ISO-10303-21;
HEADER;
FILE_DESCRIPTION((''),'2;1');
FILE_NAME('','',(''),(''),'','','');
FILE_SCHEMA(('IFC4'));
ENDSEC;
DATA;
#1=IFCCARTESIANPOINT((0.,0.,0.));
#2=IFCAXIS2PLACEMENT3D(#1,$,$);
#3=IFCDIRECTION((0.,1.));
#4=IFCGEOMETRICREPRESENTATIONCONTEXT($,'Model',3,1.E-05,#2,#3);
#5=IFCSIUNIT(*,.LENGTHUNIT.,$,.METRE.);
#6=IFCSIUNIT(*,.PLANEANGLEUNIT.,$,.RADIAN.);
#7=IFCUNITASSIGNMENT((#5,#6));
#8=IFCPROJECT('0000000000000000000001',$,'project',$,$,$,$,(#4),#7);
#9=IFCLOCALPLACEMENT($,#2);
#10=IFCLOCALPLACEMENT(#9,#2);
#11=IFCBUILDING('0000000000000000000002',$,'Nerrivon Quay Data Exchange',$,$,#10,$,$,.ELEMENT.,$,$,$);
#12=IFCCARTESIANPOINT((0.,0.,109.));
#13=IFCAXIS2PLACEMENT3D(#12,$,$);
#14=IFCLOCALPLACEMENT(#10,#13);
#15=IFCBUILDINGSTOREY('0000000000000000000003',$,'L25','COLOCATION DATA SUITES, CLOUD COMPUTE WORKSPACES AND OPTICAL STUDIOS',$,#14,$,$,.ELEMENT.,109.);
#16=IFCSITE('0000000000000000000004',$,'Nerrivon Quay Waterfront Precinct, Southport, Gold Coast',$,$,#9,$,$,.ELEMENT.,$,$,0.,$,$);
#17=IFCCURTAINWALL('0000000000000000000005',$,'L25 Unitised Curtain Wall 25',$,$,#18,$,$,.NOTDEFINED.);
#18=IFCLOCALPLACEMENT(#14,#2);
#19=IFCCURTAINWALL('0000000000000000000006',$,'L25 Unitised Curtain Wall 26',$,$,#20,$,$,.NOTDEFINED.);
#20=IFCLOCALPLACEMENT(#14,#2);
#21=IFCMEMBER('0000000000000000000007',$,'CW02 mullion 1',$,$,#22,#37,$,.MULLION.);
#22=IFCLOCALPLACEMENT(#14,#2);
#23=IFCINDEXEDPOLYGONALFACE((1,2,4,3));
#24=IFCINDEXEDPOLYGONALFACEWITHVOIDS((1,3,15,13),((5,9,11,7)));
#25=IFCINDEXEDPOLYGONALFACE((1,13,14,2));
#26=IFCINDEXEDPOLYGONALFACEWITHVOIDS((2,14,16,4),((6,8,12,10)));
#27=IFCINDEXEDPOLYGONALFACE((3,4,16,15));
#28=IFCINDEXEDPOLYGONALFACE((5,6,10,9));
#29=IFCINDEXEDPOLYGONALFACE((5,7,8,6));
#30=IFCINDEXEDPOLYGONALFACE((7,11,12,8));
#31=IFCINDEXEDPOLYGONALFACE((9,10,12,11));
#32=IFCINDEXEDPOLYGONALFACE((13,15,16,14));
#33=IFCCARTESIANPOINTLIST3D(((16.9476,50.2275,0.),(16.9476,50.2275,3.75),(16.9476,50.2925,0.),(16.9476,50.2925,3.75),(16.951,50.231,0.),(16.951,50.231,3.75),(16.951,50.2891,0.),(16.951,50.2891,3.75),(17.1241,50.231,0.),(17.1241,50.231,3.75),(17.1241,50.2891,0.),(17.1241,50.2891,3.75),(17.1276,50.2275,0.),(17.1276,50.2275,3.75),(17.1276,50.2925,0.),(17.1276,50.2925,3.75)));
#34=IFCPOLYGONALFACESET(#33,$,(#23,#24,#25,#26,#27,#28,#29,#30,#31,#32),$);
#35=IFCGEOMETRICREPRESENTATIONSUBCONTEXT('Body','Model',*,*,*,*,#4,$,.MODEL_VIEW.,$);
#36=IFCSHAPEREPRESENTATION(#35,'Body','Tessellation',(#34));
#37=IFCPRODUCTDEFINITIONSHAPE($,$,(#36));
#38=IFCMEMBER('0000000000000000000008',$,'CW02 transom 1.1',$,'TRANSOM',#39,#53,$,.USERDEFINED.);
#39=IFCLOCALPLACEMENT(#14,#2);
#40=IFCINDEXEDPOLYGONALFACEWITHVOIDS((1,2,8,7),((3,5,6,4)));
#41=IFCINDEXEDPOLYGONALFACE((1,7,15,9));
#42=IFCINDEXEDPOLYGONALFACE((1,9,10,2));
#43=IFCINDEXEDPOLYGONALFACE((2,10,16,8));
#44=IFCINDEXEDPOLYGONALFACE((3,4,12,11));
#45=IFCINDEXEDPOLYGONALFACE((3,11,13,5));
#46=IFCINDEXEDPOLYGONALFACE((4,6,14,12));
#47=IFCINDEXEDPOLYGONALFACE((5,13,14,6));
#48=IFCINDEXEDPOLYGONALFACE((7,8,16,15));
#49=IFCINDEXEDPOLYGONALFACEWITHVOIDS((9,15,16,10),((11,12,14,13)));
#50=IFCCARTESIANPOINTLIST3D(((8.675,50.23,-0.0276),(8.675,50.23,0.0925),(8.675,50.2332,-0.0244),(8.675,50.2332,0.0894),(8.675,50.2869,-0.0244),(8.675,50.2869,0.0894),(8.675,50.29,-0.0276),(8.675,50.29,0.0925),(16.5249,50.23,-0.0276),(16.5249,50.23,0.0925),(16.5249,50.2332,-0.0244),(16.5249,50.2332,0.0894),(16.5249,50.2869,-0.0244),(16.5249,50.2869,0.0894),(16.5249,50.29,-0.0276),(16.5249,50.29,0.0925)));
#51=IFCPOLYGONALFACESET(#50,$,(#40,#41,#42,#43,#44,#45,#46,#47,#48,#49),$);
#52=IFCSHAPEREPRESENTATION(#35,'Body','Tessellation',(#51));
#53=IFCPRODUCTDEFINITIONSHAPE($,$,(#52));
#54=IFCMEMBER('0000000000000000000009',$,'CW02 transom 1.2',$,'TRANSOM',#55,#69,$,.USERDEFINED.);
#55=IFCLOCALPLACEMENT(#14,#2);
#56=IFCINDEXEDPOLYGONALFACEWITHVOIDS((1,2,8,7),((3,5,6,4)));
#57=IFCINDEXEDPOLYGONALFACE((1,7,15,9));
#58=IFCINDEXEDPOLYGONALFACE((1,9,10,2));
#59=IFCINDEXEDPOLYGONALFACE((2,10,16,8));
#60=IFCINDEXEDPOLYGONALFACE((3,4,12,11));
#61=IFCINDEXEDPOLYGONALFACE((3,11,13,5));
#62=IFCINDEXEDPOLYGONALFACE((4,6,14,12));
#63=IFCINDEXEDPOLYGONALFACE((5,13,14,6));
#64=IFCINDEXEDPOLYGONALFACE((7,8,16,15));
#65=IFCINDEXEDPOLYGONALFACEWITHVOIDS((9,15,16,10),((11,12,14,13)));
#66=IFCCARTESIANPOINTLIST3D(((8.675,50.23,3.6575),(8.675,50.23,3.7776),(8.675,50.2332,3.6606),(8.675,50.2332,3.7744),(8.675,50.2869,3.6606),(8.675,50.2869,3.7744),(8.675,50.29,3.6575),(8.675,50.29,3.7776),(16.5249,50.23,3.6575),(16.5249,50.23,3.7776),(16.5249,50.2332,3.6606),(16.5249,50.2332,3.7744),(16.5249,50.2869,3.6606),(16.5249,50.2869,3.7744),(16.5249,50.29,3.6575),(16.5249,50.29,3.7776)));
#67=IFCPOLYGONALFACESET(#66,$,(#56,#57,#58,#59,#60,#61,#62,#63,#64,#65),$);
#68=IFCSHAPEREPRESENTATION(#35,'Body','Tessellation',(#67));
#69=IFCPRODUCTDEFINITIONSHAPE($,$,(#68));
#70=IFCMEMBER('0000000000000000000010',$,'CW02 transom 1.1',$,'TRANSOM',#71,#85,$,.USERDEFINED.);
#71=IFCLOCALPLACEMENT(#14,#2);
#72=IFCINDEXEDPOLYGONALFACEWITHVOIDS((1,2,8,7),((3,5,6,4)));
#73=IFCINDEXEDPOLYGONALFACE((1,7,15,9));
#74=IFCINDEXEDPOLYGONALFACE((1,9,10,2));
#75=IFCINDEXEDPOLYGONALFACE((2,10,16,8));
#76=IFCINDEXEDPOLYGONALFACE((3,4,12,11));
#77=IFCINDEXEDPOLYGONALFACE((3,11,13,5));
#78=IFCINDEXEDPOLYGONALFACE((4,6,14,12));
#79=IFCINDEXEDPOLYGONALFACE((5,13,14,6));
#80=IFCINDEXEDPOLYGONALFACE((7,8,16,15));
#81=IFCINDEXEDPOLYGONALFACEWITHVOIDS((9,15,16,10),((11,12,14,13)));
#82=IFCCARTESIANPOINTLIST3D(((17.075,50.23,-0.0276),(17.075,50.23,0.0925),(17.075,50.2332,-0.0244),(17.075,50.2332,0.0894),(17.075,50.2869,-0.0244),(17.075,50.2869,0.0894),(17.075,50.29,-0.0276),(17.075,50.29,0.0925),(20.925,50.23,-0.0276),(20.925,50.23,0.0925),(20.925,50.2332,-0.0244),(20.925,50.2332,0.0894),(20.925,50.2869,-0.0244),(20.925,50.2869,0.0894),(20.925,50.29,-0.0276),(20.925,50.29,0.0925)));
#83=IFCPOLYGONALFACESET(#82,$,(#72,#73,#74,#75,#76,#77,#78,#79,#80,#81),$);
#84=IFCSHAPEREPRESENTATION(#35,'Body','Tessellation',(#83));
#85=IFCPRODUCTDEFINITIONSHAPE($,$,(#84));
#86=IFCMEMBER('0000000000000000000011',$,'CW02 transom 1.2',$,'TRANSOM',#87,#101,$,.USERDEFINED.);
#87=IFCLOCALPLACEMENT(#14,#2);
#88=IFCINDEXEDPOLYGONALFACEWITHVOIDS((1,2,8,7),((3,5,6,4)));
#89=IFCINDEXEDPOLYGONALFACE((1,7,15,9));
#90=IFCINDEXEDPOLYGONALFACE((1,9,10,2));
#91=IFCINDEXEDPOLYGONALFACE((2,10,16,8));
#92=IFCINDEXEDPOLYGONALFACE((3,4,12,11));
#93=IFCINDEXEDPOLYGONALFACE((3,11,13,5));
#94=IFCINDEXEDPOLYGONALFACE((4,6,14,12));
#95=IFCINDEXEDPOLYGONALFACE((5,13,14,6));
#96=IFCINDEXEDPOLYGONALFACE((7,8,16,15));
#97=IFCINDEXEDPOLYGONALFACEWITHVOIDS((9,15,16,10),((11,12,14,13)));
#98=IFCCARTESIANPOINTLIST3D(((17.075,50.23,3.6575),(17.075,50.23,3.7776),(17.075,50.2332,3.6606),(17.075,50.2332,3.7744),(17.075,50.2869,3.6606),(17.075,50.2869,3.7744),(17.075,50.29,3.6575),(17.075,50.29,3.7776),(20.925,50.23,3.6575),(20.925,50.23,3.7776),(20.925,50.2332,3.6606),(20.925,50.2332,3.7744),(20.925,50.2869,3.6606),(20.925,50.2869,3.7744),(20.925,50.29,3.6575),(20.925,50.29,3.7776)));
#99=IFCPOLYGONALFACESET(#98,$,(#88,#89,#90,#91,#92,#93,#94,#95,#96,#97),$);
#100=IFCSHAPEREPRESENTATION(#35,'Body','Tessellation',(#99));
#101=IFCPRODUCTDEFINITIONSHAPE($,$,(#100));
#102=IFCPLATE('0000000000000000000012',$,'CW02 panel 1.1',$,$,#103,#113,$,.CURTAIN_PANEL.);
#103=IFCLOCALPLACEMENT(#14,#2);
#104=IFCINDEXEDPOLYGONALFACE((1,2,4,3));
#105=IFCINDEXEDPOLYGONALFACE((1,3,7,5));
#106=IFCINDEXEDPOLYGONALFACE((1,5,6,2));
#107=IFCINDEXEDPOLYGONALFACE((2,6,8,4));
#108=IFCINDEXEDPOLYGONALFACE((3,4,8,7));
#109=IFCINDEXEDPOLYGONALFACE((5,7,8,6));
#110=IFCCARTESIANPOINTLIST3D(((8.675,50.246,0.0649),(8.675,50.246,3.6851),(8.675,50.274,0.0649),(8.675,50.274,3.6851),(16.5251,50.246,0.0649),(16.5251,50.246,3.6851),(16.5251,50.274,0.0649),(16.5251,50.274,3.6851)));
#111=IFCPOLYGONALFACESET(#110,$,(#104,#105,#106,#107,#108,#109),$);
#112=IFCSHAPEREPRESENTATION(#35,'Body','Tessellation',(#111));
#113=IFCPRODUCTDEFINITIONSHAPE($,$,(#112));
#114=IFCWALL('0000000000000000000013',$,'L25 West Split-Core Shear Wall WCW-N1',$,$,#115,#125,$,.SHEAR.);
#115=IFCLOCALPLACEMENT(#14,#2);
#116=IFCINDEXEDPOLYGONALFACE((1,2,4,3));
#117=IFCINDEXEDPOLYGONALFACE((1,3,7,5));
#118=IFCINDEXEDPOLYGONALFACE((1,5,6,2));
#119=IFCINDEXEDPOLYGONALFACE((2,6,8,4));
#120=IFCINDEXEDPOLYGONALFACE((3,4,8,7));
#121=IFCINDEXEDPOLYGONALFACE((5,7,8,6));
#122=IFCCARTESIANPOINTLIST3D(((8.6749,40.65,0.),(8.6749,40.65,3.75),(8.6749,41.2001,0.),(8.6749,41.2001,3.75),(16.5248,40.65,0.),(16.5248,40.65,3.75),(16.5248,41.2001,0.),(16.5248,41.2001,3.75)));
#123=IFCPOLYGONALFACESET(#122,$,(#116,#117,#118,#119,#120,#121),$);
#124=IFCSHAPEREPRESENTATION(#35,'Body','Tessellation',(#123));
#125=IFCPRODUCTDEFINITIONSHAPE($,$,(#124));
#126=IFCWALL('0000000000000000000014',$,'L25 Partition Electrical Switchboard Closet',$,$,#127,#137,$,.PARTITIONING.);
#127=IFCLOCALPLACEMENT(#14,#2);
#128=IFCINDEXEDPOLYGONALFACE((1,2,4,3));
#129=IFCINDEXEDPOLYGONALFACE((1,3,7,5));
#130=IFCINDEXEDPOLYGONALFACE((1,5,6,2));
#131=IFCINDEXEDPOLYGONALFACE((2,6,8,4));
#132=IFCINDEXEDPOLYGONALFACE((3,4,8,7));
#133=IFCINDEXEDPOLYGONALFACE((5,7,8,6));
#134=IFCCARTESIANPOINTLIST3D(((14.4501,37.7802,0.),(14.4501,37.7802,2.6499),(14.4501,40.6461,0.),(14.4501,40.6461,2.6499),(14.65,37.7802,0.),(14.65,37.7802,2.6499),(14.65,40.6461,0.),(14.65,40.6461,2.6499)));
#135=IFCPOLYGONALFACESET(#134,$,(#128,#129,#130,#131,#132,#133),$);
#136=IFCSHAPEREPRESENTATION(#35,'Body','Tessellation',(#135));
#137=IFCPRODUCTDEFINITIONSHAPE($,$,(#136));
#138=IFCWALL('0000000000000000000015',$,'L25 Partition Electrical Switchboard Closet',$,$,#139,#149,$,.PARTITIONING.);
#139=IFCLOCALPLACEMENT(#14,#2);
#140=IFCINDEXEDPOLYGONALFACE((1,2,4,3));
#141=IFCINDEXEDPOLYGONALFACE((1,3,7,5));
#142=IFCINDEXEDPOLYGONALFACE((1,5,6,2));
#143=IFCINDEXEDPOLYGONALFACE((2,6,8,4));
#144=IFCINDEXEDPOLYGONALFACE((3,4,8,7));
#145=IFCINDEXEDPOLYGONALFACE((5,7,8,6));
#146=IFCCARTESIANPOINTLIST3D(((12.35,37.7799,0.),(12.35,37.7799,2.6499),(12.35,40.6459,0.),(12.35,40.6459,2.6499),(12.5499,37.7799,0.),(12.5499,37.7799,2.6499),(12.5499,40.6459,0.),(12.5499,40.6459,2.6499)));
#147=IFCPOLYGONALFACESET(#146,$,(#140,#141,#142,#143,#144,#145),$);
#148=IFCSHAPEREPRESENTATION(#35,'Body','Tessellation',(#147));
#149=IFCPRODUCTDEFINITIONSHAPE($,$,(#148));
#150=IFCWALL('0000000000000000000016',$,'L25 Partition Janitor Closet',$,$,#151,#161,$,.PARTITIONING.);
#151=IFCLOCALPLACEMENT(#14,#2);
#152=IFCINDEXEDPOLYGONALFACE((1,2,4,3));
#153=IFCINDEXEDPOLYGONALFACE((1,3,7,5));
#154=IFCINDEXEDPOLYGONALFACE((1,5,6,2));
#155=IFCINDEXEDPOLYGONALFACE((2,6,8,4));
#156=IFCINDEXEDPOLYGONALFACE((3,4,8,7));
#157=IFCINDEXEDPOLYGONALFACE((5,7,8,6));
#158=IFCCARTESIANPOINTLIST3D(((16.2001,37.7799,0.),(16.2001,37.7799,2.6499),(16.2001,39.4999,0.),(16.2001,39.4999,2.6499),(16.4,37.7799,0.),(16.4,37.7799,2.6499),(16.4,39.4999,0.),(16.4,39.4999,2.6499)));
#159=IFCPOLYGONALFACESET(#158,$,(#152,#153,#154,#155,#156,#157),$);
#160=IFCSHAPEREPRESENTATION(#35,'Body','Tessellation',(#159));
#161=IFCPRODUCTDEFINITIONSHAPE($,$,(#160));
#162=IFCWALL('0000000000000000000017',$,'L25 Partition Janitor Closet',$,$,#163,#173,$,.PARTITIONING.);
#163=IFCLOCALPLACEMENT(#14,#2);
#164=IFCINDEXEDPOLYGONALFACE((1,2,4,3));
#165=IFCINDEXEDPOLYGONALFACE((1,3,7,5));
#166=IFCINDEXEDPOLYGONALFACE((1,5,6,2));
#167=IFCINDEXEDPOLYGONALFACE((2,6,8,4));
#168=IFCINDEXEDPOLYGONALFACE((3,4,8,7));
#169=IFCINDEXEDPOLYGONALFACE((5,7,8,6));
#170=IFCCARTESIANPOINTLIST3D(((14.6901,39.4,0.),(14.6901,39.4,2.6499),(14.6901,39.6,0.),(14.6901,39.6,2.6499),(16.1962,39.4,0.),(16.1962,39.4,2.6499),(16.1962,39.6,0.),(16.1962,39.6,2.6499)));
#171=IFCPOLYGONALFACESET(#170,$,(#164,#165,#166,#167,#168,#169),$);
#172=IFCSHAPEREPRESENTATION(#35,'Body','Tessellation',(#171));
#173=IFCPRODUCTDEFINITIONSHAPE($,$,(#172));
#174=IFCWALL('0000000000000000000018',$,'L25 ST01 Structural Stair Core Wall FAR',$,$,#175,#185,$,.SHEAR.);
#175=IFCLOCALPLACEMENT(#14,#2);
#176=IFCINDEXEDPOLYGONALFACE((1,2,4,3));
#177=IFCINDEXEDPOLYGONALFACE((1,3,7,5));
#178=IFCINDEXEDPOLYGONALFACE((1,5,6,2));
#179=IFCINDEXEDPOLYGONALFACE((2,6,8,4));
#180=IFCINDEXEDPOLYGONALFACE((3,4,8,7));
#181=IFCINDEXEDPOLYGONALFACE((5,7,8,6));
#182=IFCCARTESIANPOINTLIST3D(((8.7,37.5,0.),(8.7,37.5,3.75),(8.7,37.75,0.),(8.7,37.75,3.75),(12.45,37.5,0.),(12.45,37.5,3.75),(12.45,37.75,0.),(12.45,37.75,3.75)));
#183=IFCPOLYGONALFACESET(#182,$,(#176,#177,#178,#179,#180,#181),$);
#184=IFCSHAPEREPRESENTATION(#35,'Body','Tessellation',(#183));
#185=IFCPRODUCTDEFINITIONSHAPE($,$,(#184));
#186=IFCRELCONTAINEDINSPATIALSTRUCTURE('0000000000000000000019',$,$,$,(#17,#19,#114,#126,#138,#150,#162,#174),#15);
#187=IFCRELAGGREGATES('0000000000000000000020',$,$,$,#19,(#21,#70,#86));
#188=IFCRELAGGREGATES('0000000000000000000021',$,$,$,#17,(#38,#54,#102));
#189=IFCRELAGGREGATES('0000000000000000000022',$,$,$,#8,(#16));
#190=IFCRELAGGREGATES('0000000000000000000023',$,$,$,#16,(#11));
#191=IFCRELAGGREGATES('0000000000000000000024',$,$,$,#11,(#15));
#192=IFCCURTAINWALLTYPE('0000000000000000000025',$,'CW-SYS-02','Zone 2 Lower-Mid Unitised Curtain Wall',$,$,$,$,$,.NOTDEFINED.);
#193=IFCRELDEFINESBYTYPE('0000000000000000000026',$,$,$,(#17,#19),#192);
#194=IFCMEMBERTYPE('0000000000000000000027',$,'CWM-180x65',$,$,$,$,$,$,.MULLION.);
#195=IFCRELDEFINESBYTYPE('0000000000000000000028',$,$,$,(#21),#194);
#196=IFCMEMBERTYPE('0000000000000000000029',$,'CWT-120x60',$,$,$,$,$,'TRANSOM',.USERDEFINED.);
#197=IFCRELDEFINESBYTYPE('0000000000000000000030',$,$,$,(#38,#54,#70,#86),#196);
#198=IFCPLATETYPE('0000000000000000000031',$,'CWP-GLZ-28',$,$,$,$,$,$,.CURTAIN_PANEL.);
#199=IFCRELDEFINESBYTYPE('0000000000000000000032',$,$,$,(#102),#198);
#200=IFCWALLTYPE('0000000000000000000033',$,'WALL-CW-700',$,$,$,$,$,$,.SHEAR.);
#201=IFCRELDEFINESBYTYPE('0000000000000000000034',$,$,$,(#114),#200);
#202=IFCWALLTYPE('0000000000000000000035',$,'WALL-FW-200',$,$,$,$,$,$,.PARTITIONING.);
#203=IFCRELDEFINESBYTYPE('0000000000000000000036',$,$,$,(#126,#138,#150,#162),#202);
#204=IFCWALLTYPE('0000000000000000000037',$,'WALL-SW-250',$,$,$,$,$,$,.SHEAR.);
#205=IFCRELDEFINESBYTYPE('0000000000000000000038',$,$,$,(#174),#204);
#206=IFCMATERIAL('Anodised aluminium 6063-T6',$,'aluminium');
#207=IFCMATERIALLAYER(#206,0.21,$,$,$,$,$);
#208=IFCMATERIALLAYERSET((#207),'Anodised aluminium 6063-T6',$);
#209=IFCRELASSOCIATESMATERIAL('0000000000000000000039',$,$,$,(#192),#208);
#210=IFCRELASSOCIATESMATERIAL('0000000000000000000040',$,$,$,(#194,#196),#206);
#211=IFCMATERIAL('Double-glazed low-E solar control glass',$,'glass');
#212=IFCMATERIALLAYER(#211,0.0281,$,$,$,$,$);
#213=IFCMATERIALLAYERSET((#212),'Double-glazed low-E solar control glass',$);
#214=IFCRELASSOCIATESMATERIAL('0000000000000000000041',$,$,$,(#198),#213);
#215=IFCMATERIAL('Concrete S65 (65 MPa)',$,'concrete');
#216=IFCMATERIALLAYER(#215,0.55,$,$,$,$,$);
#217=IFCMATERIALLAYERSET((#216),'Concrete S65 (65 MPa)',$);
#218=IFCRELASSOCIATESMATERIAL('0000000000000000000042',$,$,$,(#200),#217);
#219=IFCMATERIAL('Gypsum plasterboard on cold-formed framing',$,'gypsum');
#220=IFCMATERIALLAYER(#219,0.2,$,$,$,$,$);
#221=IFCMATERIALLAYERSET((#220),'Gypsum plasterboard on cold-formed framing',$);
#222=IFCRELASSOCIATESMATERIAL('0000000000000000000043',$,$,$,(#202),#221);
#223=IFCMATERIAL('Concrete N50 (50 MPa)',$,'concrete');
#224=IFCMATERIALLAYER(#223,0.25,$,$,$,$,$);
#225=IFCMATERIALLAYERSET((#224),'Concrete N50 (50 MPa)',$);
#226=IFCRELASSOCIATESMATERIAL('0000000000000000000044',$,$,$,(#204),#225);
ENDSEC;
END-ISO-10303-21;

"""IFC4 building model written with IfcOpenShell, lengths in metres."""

from ifc_helpers import new_model, si_unit, direction, frame, frame_2d, origin, origin_2d, place, context, subcontext, project, spatial, rectangle, hollow_rectangle, extrude, material, layer, layer_set, material_profile, profile_set, type_object, element, aggregate, save


model = new_model("IFC4")

# Units and contexts
model_context = context("Model", 3, precision=1e-05, world=origin(), true_north=direction((0.0, 1.0)))
body_context = subcontext(model_context, "Body", "Model", "MODEL_VIEW")
ifc_project = project(units=[si_unit("LENGTHUNIT", "METRE"), si_unit("PLANEANGLEUNIT", "RADIAN")], contexts=[model_context])

# Site, building, storey
site_placement = place(None, origin())
site = spatial("IfcSite", under=ifc_project, at=site_placement, Name="Nerrivon Quay Waterfront Precinct, Southport, Gold Coast", CompositionType="ELEMENT", RefElevation=0.0)
building_placement = place(site_placement, origin())
building = spatial("IfcBuilding", under=site, at=building_placement, Name="Nerrivon Quay Data Exchange", CompositionType="ELEMENT")
storey_placement = place(building_placement, frame((0.0, 0.0, 109.0)))
storey = spatial("IfcBuildingStorey", under=building, at=storey_placement, Name="L25", Description="COLOCATION DATA SUITES, CLOUD COMPUTE WORKSPACES AND OPTICAL STUDIOS", CompositionType="ELEMENT", Elevation=109.0)

# Shared definitions
ifc_material_1 = material(Name="Concrete S65 (65 MPa)", Category="concrete")

# Curtain wall
ifc_material_2 = material(Name="Anodised aluminium 6063-T6", Category="aluminium")
ifc_layer_1 = layer(ifc_material_2, 0.21)
ifc_layer_set_1 = layer_set([ifc_layer_1], Name="Anodised aluminium 6063-T6")
curtain_wall_type = type_object("IfcCurtainWallType", Name="CW-SYS-02", Description="Zone 2 Lower-Mid Unitised Curtain Wall", PredefinedType="NOTDEFINED", material=ifc_layer_set_1)
curtain_wall_1_placement = place(storey_placement, origin())
curtain_wall_1 = element("IfcCurtainWall", 1, at=curtain_wall_1_placement, inside=storey, type_object=curtain_wall_type, Name="L25 Unitised Curtain Wall 25", PredefinedType="NOTDEFINED")
ifc_material_profile_1 = material_profile(ifc_material_2, hollow_rectangle(XDim=0.0649, YDim=0.1799, WallThickness=0.0034, at=origin_2d()), Name="ALU-MULL-180x65")
ifc_profile_set_1 = profile_set([ifc_material_profile_1], Name="Anodised aluminium 6063-T6")
member_type_1 = type_object("IfcMemberType", Name="CWM-180x65", PredefinedType="MULLION", material=ifc_profile_set_1)

# Curtain wall, member
curtain_wall_2_placement = place(storey_placement, origin())
curtain_wall_2 = element("IfcCurtainWall", 2, at=curtain_wall_2_placement, inside=storey, type_object=curtain_wall_type, Name="L25 Unitised Curtain Wall 26", PredefinedType="NOTDEFINED")
member_1_placement = place(storey_placement, frame((17.0376, 50.26, 0.0), z_axis=(0.0, 0.0, 1.0), x_axis=(0.0, 1.0, 0.0)))
member_1 = element("IfcMember", 3, at=member_1_placement, type_object=member_type_1, Name="CW02 mullion 1", PredefinedType="MULLION", context=body_context, shape_type="SweptSolid", body=[
    extrude(hollow_rectangle(XDim=0.0649, YDim=0.1799, WallThickness=0.0034, at=origin_2d()), origin(), (0.0, 0.0, 1.0), 3.75),
])

# Members
ifc_material_profile_2 = material_profile(ifc_material_2, hollow_rectangle(XDim=0.0601, YDim=0.1201, WallThickness=0.0032, at=origin_2d()), Name="ALU-TRAN-120x60")
ifc_profile_set_2 = profile_set([ifc_material_profile_2], Name="Anodised aluminium 6063-T6")
member_type_2 = type_object("IfcMemberType", Name="CWT-120x60", ElementType="TRANSOM", PredefinedType="USERDEFINED", material=ifc_profile_set_2)
member_2_placement = place(storey_placement, frame((8.675, 50.26, 0.0325), z_axis=(1.0, 0.0, 0.0), x_axis=(0.0, 1.0, 0.0)))
member_2 = element("IfcMember", 4, at=member_2_placement, type_object=member_type_2, Name="CW02 transom 1.1", ObjectType="TRANSOM", PredefinedType="USERDEFINED", context=body_context, shape_type="SweptSolid", body=[
    extrude(hollow_rectangle(XDim=0.0601, YDim=0.1201, WallThickness=0.0032, at=origin_2d()), origin(), (0.0, 0.0, 1.0), 7.8499),
])
member_3_placement = place(storey_placement, frame((8.675, 50.26, 3.7175), z_axis=(1.0, 0.0, 0.0), x_axis=(0.0, 1.0, 0.0)))
member_3 = element("IfcMember", 5, at=member_3_placement, type_object=member_type_2, Name="CW02 transom 1.2", ObjectType="TRANSOM", PredefinedType="USERDEFINED", context=body_context, shape_type="SweptSolid", body=[
    extrude(hollow_rectangle(XDim=0.0601, YDim=0.1201, WallThickness=0.0032, at=origin_2d()), origin(), (0.0, 0.0, 1.0), 7.8499),
])
member_4_placement = place(storey_placement, frame((17.075, 50.26, 0.0325), z_axis=(1.0, 0.0, 0.0), x_axis=(0.0, 1.0, 0.0)))
member_4 = element("IfcMember", 6, at=member_4_placement, type_object=member_type_2, Name="CW02 transom 1.1", ObjectType="TRANSOM", PredefinedType="USERDEFINED", context=body_context, shape_type="SweptSolid", body=[
    extrude(hollow_rectangle(XDim=0.0601, YDim=0.1201, WallThickness=0.0032, at=origin_2d()), origin(), (0.0, 0.0, 1.0), 3.8501),
])
member_5_placement = place(storey_placement, frame((17.075, 50.26, 3.7175), z_axis=(1.0, 0.0, 0.0), x_axis=(0.0, 1.0, 0.0)))
member_5 = element("IfcMember", 7, at=member_5_placement, type_object=member_type_2, Name="CW02 transom 1.2", ObjectType="TRANSOM", PredefinedType="USERDEFINED", context=body_context, shape_type="SweptSolid", body=[
    extrude(hollow_rectangle(XDim=0.0601, YDim=0.1201, WallThickness=0.0032, at=origin_2d()), origin(), (0.0, 0.0, 1.0), 3.8501),
])
aggregate(curtain_wall_2, [member_1, member_4, member_5])

# Plate
ifc_material_3 = material(Name="Double-glazed low-E solar control glass", Category="glass")
ifc_layer_2 = layer(ifc_material_3, 0.0281)
ifc_layer_set_2 = layer_set([ifc_layer_2], Name="Double-glazed low-E solar control glass")
plate_type = type_object("IfcPlateType", Name="CWP-GLZ-28", PredefinedType="CURTAIN_PANEL", material=ifc_layer_set_2)
plate_placement = place(storey_placement, frame((12.6001, 50.26, 0.0649), z_axis=(0.0, 0.0, 1.0), x_axis=(1.0, 0.0, 0.0)))
plate = element("IfcPlate", 8, at=plate_placement, type_object=plate_type, Name="CW02 panel 1.1", PredefinedType="CURTAIN_PANEL", context=body_context, shape_type="SweptSolid", body=[
    extrude(rectangle(XDim=7.8501, YDim=0.0281, at=origin_2d()), origin(), (0.0, 0.0, 1.0), 3.6201),
])
aggregate(curtain_wall_1, [member_2, member_3, plate])

# Wall
ifc_layer_3 = layer(ifc_material_1, 0.55)
ifc_layer_set_3 = layer_set([ifc_layer_3], Name="Concrete S65 (65 MPa)")
wall_type_1 = type_object("IfcWallType", Name="WALL-CW-700", PredefinedType="SHEAR", material=ifc_layer_set_3)
wall_1_placement = place(storey_placement, frame((8.675, 40.925, 0.0), z_axis=(0.0, 0.0, 1.0), x_axis=(1.0, 0.0, 0.0)))
element("IfcWall", 9, at=wall_1_placement, inside=storey, type_object=wall_type_1, Name="L25 West Split-Core Shear Wall WCW-N1", PredefinedType="SHEAR", context=body_context, shape_type="SweptSolid", body=[
    extrude(rectangle(XDim=7.8499, YDim=0.55, at=frame_2d((3.9248, 0.0))), origin(), (0.0, 0.0, 1.0), 3.75),
])

# Walls
ifc_material_4 = material(Name="Gypsum plasterboard on cold-formed framing", Category="gypsum")
ifc_layer_4 = layer(ifc_material_4, 0.2)
ifc_layer_set_4 = layer_set([ifc_layer_4], Name="Gypsum plasterboard on cold-formed framing")
wall_type_2 = type_object("IfcWallType", Name="WALL-FW-200", PredefinedType="PARTITIONING", material=ifc_layer_set_4)
for number, where, z_axis, x_axis, name in (
    (10, (14.55, 37.78, 0.0), (0.0, 0.0, 1.0), (0.0, 1.0, 0.0), "L25 Partition Electrical Switchboard Closet"),
    (11, (12.45, 40.646, 0.0), (0.0, 0.0, 1.0), (0.0, -1.0, 0.0), "L25 Partition Electrical Switchboard Closet"),
):
    element("IfcWall", number, at=place(storey_placement, frame(where, z_axis=z_axis, x_axis=x_axis)), inside=storey, type_object=wall_type_2, Name=name, PredefinedType="PARTITIONING", context=body_context, shape_type="SweptSolid", body=[
        extrude(rectangle(XDim=2.866, YDim=0.2, at=frame_2d((1.4331, 0.0))), origin(), (0.0, 0.0, 1.0), 2.6499),
    ])
wall_2_placement = place(storey_placement, frame((16.3, 37.78, 0.0), z_axis=(0.0, 0.0, 1.0), x_axis=(0.0, 1.0, 0.0)))
element("IfcWall", 12, at=wall_2_placement, inside=storey, type_object=wall_type_2, Name="L25 Partition Janitor Closet", PredefinedType="PARTITIONING", context=body_context, shape_type="SweptSolid", body=[
    extrude(rectangle(XDim=1.72, YDim=0.2, at=frame_2d((0.8599, 0.0))), origin(), (0.0, 0.0, 1.0), 2.6499),
])
wall_3_placement = place(storey_placement, frame((16.196, 39.5, 0.0), z_axis=(0.0, 0.0, 1.0), x_axis=(-1.0, 0.0, 0.0)))
element("IfcWall", 13, at=wall_3_placement, inside=storey, type_object=wall_type_2, Name="L25 Partition Janitor Closet", PredefinedType="PARTITIONING", context=body_context, shape_type="SweptSolid", body=[
    extrude(rectangle(XDim=1.5061, YDim=0.2, at=frame_2d((0.7529, 0.0))), origin(), (0.0, 0.0, 1.0), 2.6499),
])
ifc_material_5 = material(Name="Concrete N50 (50 MPa)", Category="concrete")
ifc_layer_5 = layer(ifc_material_5, 0.25)
ifc_layer_set_5 = layer_set([ifc_layer_5], Name="Concrete N50 (50 MPa)")
wall_type_3 = type_object("IfcWallType", Name="WALL-SW-250", PredefinedType="SHEAR", material=ifc_layer_set_5)
wall_4_placement = place(storey_placement, frame((12.45, 37.625, 0.0), z_axis=(0.0, 0.0, 1.0), x_axis=(-1.0, 0.0, 0.0)))
element("IfcWall", 14, at=wall_4_placement, inside=storey, type_object=wall_type_3, Name="L25 ST01 Structural Stair Core Wall FAR", PredefinedType="SHEAR", context=body_context, shape_type="SweptSolid", body=[
    extrude(rectangle(XDim=3.75, YDim=0.25, at=frame_2d((1.875, 0.0))), origin(), (0.0, 0.0, 1.0), 3.75),
])

save(model, "model.ifc")
